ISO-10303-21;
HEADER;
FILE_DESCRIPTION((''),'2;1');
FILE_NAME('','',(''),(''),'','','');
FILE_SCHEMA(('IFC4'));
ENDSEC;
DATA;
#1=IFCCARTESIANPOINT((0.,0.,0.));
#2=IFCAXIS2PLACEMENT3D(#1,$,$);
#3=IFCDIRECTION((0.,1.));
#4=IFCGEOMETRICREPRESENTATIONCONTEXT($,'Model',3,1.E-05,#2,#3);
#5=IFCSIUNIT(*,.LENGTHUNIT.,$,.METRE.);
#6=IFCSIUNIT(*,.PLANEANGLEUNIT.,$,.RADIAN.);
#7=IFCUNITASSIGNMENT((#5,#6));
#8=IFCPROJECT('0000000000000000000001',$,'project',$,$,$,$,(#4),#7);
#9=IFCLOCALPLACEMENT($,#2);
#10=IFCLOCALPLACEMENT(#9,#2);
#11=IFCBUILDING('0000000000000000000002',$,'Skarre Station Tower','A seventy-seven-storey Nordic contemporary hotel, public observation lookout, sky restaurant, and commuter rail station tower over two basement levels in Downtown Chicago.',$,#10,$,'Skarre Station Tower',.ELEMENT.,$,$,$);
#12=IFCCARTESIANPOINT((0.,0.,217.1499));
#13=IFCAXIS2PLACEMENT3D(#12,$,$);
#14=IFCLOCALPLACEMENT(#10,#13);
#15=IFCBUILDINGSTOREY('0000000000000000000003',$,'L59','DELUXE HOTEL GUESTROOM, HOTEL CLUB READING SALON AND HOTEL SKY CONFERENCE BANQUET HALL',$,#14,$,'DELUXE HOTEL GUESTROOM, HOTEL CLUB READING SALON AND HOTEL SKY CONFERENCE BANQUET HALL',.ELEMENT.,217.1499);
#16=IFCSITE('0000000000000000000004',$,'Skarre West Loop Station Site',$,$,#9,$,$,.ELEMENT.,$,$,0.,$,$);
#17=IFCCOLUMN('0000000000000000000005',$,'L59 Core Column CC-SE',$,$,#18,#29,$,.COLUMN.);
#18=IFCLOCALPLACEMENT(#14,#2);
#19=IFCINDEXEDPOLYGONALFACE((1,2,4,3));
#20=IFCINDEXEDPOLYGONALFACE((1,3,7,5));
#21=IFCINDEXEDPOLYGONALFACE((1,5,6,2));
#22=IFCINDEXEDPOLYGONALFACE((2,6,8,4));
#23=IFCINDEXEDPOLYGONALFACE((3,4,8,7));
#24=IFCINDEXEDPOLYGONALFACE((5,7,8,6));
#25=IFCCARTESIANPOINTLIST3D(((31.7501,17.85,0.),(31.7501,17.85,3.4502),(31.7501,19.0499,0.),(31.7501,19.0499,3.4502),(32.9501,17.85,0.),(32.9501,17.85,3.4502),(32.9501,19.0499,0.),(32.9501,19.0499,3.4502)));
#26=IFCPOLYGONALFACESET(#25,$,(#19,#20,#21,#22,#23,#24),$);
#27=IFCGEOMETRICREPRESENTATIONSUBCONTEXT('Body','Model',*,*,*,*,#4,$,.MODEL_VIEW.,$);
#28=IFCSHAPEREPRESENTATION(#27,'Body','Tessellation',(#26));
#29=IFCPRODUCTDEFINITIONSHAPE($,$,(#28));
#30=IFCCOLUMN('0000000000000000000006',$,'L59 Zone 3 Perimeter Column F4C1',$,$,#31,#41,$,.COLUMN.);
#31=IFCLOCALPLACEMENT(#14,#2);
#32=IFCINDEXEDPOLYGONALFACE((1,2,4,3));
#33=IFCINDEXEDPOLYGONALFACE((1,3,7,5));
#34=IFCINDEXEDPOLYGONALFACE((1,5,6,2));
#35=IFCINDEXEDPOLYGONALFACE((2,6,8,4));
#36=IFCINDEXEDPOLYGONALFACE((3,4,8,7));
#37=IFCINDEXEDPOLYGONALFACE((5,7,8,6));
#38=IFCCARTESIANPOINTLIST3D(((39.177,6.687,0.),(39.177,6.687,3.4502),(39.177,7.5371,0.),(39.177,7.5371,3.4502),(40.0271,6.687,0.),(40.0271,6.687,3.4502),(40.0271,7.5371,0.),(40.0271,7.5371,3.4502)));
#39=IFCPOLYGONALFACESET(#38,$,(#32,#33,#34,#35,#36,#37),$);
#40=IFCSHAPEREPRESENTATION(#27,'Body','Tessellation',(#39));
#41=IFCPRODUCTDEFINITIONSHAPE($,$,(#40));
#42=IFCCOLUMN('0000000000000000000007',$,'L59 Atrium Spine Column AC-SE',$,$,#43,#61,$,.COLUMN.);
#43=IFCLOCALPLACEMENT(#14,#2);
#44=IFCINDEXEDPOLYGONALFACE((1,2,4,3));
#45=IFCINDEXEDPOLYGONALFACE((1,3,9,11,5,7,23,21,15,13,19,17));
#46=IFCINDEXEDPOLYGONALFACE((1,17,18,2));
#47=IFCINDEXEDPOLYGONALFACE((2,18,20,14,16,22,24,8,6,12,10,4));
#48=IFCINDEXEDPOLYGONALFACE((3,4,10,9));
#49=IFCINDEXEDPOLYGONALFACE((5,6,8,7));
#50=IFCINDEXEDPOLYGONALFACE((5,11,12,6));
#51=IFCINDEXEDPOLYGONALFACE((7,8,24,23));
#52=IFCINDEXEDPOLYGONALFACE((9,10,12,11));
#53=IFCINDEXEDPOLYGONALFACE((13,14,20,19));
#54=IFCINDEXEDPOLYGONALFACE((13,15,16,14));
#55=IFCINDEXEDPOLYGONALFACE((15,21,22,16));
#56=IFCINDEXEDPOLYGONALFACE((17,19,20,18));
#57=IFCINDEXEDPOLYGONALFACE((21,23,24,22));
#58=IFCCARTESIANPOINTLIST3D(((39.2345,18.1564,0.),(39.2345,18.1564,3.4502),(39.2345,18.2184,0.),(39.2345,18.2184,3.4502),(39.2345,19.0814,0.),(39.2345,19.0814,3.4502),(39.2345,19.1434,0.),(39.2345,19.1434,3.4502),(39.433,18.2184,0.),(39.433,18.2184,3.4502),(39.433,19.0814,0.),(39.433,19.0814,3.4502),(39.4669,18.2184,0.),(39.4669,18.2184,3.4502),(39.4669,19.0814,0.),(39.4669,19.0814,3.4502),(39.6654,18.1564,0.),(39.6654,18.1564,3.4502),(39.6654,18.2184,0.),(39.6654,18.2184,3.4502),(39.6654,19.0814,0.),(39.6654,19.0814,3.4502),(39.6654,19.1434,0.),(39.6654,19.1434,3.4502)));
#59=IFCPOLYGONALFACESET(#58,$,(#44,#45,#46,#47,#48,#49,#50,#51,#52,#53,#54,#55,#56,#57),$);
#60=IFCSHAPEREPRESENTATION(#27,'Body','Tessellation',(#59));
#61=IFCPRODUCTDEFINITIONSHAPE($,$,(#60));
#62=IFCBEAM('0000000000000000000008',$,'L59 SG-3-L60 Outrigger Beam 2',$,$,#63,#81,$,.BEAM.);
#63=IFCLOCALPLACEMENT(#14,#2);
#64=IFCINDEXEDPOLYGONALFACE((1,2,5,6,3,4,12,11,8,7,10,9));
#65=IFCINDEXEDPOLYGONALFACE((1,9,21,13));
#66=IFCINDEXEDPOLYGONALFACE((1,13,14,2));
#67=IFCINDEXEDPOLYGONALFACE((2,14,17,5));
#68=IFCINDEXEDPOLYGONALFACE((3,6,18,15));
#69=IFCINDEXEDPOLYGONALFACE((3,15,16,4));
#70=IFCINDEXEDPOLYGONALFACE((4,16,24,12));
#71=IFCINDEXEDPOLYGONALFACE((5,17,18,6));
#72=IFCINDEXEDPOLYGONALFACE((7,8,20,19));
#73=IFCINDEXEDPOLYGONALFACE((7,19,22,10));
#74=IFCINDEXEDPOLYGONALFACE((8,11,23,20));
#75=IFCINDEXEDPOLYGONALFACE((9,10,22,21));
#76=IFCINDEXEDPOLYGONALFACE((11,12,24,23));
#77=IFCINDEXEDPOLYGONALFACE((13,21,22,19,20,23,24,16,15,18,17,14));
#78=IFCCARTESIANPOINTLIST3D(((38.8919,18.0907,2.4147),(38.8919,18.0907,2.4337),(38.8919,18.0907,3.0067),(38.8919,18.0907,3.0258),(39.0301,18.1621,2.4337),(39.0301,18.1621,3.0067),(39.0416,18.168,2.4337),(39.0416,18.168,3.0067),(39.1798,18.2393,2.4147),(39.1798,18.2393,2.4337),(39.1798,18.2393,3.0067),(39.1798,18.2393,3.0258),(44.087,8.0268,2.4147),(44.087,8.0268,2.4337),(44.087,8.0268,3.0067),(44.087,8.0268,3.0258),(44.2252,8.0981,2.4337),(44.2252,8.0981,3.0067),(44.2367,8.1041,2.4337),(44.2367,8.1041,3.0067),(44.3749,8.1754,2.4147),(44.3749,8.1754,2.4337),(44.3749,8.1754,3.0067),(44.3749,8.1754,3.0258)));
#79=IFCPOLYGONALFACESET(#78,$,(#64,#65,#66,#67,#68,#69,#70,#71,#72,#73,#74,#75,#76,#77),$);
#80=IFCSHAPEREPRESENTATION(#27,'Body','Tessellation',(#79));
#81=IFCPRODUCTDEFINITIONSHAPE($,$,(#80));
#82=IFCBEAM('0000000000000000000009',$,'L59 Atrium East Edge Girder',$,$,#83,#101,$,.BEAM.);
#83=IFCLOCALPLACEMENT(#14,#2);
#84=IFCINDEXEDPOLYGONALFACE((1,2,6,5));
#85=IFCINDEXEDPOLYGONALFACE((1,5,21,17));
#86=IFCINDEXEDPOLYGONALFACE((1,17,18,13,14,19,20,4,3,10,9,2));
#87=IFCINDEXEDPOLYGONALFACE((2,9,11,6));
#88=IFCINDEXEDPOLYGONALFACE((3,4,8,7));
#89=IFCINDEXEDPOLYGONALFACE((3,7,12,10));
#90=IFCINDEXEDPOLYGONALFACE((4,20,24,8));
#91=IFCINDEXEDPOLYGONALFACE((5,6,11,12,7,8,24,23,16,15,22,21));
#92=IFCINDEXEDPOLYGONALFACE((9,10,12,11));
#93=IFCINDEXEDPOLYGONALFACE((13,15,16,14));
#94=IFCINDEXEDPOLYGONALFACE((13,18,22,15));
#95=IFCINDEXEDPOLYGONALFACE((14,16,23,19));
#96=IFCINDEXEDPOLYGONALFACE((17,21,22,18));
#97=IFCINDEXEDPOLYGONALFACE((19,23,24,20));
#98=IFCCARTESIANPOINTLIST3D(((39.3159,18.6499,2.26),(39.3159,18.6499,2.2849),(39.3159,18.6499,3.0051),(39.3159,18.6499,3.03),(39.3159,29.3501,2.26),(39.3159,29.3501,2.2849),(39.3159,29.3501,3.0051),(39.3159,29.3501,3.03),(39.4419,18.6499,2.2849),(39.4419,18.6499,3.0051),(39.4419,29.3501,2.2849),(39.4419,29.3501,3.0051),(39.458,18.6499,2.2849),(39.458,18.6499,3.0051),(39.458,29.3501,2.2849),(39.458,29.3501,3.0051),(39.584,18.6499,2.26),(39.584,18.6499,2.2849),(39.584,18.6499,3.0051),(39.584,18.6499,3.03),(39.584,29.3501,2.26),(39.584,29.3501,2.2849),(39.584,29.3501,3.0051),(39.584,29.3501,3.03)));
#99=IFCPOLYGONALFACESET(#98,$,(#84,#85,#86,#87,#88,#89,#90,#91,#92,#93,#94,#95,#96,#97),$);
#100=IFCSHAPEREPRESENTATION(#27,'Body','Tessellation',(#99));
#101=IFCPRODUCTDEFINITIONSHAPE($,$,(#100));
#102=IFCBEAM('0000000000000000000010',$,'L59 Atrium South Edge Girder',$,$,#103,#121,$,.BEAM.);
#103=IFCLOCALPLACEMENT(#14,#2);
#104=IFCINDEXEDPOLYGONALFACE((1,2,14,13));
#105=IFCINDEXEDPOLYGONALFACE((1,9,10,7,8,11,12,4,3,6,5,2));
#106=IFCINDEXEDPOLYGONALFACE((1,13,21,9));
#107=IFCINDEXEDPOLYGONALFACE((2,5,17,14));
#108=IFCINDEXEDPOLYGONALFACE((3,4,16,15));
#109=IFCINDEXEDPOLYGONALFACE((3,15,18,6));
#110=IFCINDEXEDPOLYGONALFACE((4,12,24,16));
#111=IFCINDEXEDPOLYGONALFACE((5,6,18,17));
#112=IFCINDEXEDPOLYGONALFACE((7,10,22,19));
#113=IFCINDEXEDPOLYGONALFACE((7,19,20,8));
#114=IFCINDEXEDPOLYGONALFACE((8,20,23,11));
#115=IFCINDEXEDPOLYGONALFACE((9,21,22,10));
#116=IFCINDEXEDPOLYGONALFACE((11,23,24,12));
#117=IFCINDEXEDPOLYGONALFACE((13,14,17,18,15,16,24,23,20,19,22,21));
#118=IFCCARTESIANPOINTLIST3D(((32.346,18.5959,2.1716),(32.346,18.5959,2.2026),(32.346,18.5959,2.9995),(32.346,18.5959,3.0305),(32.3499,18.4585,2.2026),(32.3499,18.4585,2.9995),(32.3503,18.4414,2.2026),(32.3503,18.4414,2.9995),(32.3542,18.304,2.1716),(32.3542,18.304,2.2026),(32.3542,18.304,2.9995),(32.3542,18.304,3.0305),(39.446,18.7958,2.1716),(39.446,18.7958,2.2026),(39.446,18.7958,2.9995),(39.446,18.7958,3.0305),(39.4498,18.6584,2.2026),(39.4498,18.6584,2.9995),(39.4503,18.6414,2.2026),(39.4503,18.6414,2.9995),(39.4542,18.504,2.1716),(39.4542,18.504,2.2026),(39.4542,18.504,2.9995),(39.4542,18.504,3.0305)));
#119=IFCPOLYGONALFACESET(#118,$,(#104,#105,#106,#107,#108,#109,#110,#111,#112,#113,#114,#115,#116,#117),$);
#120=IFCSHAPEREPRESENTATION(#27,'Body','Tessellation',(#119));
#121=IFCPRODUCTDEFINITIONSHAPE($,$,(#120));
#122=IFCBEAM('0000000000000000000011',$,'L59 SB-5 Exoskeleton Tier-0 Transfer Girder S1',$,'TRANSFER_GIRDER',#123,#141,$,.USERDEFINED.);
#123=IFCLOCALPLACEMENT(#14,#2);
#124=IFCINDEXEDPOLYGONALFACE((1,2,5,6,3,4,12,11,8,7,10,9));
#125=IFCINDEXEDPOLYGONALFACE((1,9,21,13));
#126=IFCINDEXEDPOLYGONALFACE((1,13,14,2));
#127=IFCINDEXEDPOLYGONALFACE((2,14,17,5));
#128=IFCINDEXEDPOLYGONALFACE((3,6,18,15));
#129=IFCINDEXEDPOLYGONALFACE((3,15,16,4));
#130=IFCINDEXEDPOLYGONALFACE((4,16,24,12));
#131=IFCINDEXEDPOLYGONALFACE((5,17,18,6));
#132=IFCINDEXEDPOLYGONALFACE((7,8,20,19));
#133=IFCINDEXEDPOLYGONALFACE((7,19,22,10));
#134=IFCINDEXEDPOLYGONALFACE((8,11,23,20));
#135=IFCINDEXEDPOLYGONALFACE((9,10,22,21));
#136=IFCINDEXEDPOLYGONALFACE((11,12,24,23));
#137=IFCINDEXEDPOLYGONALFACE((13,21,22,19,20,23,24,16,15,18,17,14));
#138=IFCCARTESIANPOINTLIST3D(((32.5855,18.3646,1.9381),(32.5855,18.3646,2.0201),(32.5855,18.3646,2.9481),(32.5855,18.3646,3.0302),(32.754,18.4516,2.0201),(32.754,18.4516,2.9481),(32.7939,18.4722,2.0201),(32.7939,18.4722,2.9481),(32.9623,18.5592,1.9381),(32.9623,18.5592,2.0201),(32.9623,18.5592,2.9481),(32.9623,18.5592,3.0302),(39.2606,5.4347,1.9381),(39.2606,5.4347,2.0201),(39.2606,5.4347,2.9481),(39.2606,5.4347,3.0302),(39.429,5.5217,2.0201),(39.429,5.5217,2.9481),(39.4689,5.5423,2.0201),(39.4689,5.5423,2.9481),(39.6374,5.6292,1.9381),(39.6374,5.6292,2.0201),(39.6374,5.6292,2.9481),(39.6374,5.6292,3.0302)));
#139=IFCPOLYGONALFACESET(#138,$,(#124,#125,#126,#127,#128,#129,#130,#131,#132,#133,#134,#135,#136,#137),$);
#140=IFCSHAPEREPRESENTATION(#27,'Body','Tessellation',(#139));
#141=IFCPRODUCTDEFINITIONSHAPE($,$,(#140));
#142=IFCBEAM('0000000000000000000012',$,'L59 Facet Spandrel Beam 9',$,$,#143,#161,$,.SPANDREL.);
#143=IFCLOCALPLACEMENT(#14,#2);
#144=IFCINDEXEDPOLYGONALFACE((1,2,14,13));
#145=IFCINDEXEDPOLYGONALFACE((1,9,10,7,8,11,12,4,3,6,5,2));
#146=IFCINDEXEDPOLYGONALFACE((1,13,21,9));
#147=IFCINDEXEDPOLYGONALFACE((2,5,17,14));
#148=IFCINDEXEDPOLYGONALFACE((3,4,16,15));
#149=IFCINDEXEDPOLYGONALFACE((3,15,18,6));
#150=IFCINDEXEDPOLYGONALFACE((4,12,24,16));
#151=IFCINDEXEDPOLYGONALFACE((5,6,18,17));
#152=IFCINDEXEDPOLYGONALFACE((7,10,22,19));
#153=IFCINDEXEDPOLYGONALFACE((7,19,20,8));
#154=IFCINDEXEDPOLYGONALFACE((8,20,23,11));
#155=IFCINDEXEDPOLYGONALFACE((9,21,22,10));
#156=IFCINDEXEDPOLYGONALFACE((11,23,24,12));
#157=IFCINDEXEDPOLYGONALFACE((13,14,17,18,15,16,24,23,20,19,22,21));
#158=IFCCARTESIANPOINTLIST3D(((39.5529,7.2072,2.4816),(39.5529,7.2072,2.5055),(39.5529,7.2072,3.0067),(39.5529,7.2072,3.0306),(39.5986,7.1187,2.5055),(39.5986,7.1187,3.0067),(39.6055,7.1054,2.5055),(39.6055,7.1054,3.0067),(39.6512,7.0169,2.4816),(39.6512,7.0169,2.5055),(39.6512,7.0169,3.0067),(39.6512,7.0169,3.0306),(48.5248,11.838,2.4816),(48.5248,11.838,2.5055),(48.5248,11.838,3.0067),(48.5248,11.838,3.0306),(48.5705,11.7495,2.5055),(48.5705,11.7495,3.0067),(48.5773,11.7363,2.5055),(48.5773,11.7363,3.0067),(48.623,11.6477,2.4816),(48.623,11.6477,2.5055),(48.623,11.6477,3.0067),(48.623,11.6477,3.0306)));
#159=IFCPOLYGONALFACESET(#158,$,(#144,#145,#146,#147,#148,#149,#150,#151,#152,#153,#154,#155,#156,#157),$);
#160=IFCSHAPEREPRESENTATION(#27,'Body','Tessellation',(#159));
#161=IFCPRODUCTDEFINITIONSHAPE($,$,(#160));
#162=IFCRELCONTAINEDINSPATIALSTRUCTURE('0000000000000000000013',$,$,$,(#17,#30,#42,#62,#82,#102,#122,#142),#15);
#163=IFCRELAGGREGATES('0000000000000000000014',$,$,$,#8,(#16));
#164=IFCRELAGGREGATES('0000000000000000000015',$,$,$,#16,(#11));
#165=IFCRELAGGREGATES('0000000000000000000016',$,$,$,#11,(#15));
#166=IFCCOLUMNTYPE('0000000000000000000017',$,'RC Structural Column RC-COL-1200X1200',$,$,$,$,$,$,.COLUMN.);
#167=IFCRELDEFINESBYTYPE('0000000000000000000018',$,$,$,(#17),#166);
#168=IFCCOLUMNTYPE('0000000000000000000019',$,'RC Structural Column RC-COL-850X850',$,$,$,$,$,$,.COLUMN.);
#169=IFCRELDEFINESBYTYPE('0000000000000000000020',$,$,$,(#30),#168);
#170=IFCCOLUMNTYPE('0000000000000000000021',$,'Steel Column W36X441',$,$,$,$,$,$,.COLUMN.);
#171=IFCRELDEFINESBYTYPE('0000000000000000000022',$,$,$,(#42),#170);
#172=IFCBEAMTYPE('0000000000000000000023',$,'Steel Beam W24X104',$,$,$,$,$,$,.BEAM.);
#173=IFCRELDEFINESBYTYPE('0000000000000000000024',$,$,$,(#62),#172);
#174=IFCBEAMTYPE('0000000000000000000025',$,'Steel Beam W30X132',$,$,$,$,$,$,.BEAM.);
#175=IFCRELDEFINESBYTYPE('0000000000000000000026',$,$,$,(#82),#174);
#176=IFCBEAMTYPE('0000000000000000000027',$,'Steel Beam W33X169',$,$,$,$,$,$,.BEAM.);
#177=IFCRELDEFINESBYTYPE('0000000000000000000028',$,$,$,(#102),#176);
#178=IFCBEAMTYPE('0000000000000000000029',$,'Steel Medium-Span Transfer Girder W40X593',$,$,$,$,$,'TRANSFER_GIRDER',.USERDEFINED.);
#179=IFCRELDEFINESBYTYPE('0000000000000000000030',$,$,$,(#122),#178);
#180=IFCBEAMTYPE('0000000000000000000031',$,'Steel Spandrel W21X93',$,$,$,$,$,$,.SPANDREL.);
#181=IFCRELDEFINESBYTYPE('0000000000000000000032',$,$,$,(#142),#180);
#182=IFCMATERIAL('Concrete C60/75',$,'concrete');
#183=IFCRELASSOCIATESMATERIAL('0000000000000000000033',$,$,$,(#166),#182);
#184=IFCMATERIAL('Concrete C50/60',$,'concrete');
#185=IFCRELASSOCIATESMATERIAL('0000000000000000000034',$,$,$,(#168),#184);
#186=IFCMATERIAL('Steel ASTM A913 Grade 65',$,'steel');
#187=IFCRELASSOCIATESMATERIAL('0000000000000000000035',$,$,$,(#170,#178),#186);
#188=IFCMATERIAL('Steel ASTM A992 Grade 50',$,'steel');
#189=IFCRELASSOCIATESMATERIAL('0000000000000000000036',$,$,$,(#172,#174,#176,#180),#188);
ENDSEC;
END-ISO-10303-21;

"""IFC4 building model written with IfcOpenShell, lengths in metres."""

from ifc_helpers import new_model, si_unit, direction, frame, origin, origin_2d, place, context, subcontext, project, spatial, rectangle, i_section, extrude, material, material_profile, profile_set, type_object, element, save


model = new_model("IFC4")

# Units and contexts
model_context = context("Model", 3, precision=1e-05, world=origin(), true_north=direction((0.0, 1.0)))
body_context = subcontext(model_context, "Body", "Model", "MODEL_VIEW")
ifc_project = project(units=[si_unit("LENGTHUNIT", "METRE"), si_unit("PLANEANGLEUNIT", "RADIAN")], contexts=[model_context])

# Site, building, storey
site_placement = place(None, origin())
site = spatial("IfcSite", under=ifc_project, at=site_placement, Name="Skarre West Loop Station Site", CompositionType="ELEMENT", RefElevation=0.0)
building_placement = place(site_placement, origin())
building = spatial("IfcBuilding", under=site, at=building_placement, Name="Skarre Station Tower", Description="A seventy-seven-storey Nordic contemporary hotel, public observation lookout, sky restaurant, and commuter rail station tower over two basement levels in Downtown Chicago.", LongName="Skarre Station Tower", CompositionType="ELEMENT")
storey_placement = place(building_placement, frame((0.0, 0.0, 217.1499)))
storey = spatial("IfcBuildingStorey", under=building, at=storey_placement, Name="L59", Description="DELUXE HOTEL GUESTROOM, HOTEL CLUB READING SALON AND HOTEL SKY CONFERENCE BANQUET HALL", LongName="DELUXE HOTEL GUESTROOM, HOTEL CLUB READING SALON AND HOTEL SKY CONFERENCE BANQUET HALL", CompositionType="ELEMENT", Elevation=217.1499)

# Columns
ifc_material_1 = material(Name="Concrete C60/75", Category="concrete")
ifc_material_profile_1 = material_profile(ifc_material_1, rectangle(XDim=1.2, YDim=1.2, at=origin_2d()), Name="Concrete C60/75")
ifc_profile_set_1 = profile_set([ifc_material_profile_1], Name="Concrete C60/75")
column_type_1 = type_object("IfcColumnType", Name="RC Structural Column RC-COL-1200X1200", PredefinedType="COLUMN", material=ifc_profile_set_1)
column_1_placement = place(storey_placement, frame((32.3501, 18.45, 0.0), z_axis=(0.0, 0.0, 1.0), x_axis=(1.0, 0.0, 0.0)))
element("IfcColumn", 1, at=column_1_placement, inside=storey, type_object=column_type_1, Name="L59 Core Column CC-SE", PredefinedType="COLUMN", context=body_context, shape_type="SweptSolid", body=[
    extrude(rectangle(XDim=1.2, YDim=1.2, at=origin_2d()), origin(), (0.0, 0.0, 1.0), 3.4502),
])
ifc_material_2 = material(Name="Concrete C50/60", Category="concrete")
ifc_material_profile_2 = material_profile(ifc_material_2, rectangle(XDim=0.8501, YDim=0.8501, at=origin_2d()), Name="Concrete C50/60")
ifc_profile_set_2 = profile_set([ifc_material_profile_2], Name="Concrete C50/60")
column_type_2 = type_object("IfcColumnType", Name="RC Structural Column RC-COL-850X850", PredefinedType="COLUMN", material=ifc_profile_set_2)
column_2_placement = place(storey_placement, frame((39.6021, 7.1121, 0.0), z_axis=(0.0, 0.0, 1.0), x_axis=(1.0, 0.0, 0.0)))
element("IfcColumn", 2, at=column_2_placement, inside=storey, type_object=column_type_2, Name="L59 Zone 3 Perimeter Column F4C1", PredefinedType="COLUMN", context=body_context, shape_type="SweptSolid", body=[
    extrude(rectangle(XDim=0.8501, YDim=0.8501, at=origin_2d()), origin(), (0.0, 0.0, 1.0), 3.4502),
])
ifc_material_3 = material(Name="Steel ASTM A913 Grade 65", Category="steel")
ifc_material_profile_3 = material_profile(ifc_material_3, i_section(OverallWidth=0.4309, OverallDepth=0.9871, WebThickness=0.0339, FlangeThickness=0.062, at=origin_2d()), Name="Steel ASTM A913 Grade 65")
ifc_profile_set_3 = profile_set([ifc_material_profile_3], Name="Steel ASTM A913 Grade 65")
column_type_3 = type_object("IfcColumnType", Name="Steel Column W36X441", PredefinedType="COLUMN", material=ifc_profile_set_3)
column_3_placement = place(storey_placement, frame((39.45, 18.6499, 0.0), z_axis=(0.0, 0.0, 1.0), x_axis=(1.0, 0.0, 0.0)))
element("IfcColumn", 3, at=column_3_placement, inside=storey, type_object=column_type_3, Name="L59 Atrium Spine Column AC-SE", PredefinedType="COLUMN", context=body_context, shape_type="SweptSolid", body=[
    extrude(i_section(OverallWidth=0.4309, OverallDepth=0.9871, WebThickness=0.0339, FlangeThickness=0.062, at=origin_2d()), origin(), (0.0, 0.0, 1.0), 3.4502),
])

# Beams
ifc_material_4 = material(Name="Steel ASTM A992 Grade 50", Category="steel")
ifc_material_profile_4 = material_profile(ifc_material_4, i_section(OverallWidth=0.324, OverallDepth=0.6111, WebThickness=0.0129, FlangeThickness=0.019, at=origin_2d()), Name="Steel ASTM A992 Grade 50")
ifc_profile_set_4 = profile_set([ifc_material_profile_4], Name="Steel ASTM A992 Grade 50")
beam_type_1 = type_object("IfcBeamType", Name="Steel Beam W24X104", PredefinedType="BEAM", material=ifc_profile_set_4)
beam_1_placement = place(storey_placement, frame((39.0359, 18.165, 2.7202), z_axis=(0.458696, -0.888593, 0.0), x_axis=(0.888593, 0.458696, 0.0)))
element("IfcBeam", 4, at=beam_1_placement, inside=storey, type_object=beam_type_1, Name="L59 SG-3-L60 Outrigger Beam 2", PredefinedType="BEAM", context=body_context, shape_type="SweptSolid", body=[
    extrude(i_section(OverallWidth=0.324, OverallDepth=0.6111, WebThickness=0.0129, FlangeThickness=0.019, at=origin_2d()), origin(), (0.0, 0.0, 1.0), 11.3257),
])
ifc_material_profile_5 = material_profile(ifc_material_4, i_section(OverallWidth=0.2681, OverallDepth=0.77, WebThickness=0.0161, FlangeThickness=0.0249, at=origin_2d()), Name="Steel ASTM A992 Grade 50")
ifc_profile_set_5 = profile_set([ifc_material_profile_5], Name="Steel ASTM A992 Grade 50")
beam_type_2 = type_object("IfcBeamType", Name="Steel Beam W30X132", PredefinedType="BEAM", material=ifc_profile_set_5)
beam_2_placement = place(storey_placement, frame((39.45, 18.6499, 2.645), z_axis=(0.0, 1.0, 0.0), x_axis=(-1.0, 0.0, 0.0)))
element("IfcBeam", 5, at=beam_2_placement, inside=storey, type_object=beam_type_2, Name="L59 Atrium East Edge Girder", PredefinedType="BEAM", context=body_context, shape_type="SweptSolid", body=[
    extrude(i_section(OverallWidth=0.2681, OverallDepth=0.77, WebThickness=0.0161, FlangeThickness=0.0249, at=origin_2d()), origin(), (0.0, 0.0, 1.0), 10.7002),
])
ifc_material_profile_6 = material_profile(ifc_material_4, i_section(OverallWidth=0.292, OverallDepth=0.8589, WebThickness=0.0171, FlangeThickness=0.031, at=origin_2d()), Name="Steel ASTM A992 Grade 50")
ifc_profile_set_6 = profile_set([ifc_material_profile_6], Name="Steel ASTM A992 Grade 50")
beam_type_3 = type_object("IfcBeamType", Name="Steel Beam W33X169", PredefinedType="BEAM", material=ifc_profile_set_6)
beam_3_placement = place(storey_placement, frame((32.3501, 18.45, 2.6011), z_axis=(0.999604, 0.028152, 0.0), x_axis=(-0.028152, 0.999604, 0.0)))
element("IfcBeam", 6, at=beam_3_placement, inside=storey, type_object=beam_type_3, Name="L59 Atrium South Edge Girder", PredefinedType="BEAM", context=body_context, shape_type="SweptSolid", body=[
    extrude(i_section(OverallWidth=0.292, OverallDepth=0.8589, WebThickness=0.0171, FlangeThickness=0.031, at=origin_2d()), origin(), (0.0, 0.0, 1.0), 7.1028),
])
ifc_material_profile_7 = material_profile(ifc_material_3, i_section(OverallWidth=0.4241, OverallDepth=1.092, WebThickness=0.0449, FlangeThickness=0.082, at=origin_2d()), Name="Steel ASTM A913 Grade 65")
ifc_profile_set_7 = profile_set([ifc_material_profile_7], Name="Steel ASTM A913 Grade 65")
beam_type_4 = type_object("IfcBeamType", Name="Steel Medium-Span Transfer Girder W40X593", ElementType="TRANSFER_GIRDER", PredefinedType="USERDEFINED", material=ifc_profile_set_7)
beam_4_placement = place(storey_placement, frame((32.7739, 18.4619, 2.4841), z_axis=(0.458726, -0.888578, 0.0), x_axis=(0.888578, 0.458726, 0.0)))
element("IfcBeam", 7, at=beam_4_placement, inside=storey, type_object=beam_type_4, Name="L59 SB-5 Exoskeleton Tier-0 Transfer Girder S1", ObjectType="TRANSFER_GIRDER", PredefinedType="USERDEFINED", context=body_context, shape_type="SweptSolid", body=[
    extrude(i_section(OverallWidth=0.4241, OverallDepth=1.092, WebThickness=0.0449, FlangeThickness=0.082, at=origin_2d()), origin(), (0.0, 0.0, 1.0), 14.5513),
])
ifc_material_profile_8 = material_profile(ifc_material_4, i_section(OverallWidth=0.2141, OverallDepth=0.5491, WebThickness=0.0149, FlangeThickness=0.0239, at=origin_2d()), Name="Steel ASTM A992 Grade 50")
ifc_profile_set_8 = profile_set([ifc_material_profile_8], Name="Steel ASTM A992 Grade 50")
beam_type_5 = type_object("IfcBeamType", Name="Steel Spandrel W21X93", PredefinedType="SPANDREL", material=ifc_profile_set_8)
beam_5_placement = place(storey_placement, frame((39.6021, 7.1121, 2.7561), z_axis=(0.888613, 0.458658, 0.0), x_axis=(-0.458658, 0.888613, 0.0)))
element("IfcBeam", 8, at=beam_5_placement, inside=storey, type_object=beam_type_5, Name="L59 Facet Spandrel Beam 9", PredefinedType="SPANDREL", context=body_context, shape_type="SweptSolid", body=[
    extrude(i_section(OverallWidth=0.2141, OverallDepth=0.5491, WebThickness=0.0149, FlangeThickness=0.0239, at=origin_2d()), origin(), (0.0, 0.0, 1.0), 10.0964),
])

save(model, "model.ifc")
